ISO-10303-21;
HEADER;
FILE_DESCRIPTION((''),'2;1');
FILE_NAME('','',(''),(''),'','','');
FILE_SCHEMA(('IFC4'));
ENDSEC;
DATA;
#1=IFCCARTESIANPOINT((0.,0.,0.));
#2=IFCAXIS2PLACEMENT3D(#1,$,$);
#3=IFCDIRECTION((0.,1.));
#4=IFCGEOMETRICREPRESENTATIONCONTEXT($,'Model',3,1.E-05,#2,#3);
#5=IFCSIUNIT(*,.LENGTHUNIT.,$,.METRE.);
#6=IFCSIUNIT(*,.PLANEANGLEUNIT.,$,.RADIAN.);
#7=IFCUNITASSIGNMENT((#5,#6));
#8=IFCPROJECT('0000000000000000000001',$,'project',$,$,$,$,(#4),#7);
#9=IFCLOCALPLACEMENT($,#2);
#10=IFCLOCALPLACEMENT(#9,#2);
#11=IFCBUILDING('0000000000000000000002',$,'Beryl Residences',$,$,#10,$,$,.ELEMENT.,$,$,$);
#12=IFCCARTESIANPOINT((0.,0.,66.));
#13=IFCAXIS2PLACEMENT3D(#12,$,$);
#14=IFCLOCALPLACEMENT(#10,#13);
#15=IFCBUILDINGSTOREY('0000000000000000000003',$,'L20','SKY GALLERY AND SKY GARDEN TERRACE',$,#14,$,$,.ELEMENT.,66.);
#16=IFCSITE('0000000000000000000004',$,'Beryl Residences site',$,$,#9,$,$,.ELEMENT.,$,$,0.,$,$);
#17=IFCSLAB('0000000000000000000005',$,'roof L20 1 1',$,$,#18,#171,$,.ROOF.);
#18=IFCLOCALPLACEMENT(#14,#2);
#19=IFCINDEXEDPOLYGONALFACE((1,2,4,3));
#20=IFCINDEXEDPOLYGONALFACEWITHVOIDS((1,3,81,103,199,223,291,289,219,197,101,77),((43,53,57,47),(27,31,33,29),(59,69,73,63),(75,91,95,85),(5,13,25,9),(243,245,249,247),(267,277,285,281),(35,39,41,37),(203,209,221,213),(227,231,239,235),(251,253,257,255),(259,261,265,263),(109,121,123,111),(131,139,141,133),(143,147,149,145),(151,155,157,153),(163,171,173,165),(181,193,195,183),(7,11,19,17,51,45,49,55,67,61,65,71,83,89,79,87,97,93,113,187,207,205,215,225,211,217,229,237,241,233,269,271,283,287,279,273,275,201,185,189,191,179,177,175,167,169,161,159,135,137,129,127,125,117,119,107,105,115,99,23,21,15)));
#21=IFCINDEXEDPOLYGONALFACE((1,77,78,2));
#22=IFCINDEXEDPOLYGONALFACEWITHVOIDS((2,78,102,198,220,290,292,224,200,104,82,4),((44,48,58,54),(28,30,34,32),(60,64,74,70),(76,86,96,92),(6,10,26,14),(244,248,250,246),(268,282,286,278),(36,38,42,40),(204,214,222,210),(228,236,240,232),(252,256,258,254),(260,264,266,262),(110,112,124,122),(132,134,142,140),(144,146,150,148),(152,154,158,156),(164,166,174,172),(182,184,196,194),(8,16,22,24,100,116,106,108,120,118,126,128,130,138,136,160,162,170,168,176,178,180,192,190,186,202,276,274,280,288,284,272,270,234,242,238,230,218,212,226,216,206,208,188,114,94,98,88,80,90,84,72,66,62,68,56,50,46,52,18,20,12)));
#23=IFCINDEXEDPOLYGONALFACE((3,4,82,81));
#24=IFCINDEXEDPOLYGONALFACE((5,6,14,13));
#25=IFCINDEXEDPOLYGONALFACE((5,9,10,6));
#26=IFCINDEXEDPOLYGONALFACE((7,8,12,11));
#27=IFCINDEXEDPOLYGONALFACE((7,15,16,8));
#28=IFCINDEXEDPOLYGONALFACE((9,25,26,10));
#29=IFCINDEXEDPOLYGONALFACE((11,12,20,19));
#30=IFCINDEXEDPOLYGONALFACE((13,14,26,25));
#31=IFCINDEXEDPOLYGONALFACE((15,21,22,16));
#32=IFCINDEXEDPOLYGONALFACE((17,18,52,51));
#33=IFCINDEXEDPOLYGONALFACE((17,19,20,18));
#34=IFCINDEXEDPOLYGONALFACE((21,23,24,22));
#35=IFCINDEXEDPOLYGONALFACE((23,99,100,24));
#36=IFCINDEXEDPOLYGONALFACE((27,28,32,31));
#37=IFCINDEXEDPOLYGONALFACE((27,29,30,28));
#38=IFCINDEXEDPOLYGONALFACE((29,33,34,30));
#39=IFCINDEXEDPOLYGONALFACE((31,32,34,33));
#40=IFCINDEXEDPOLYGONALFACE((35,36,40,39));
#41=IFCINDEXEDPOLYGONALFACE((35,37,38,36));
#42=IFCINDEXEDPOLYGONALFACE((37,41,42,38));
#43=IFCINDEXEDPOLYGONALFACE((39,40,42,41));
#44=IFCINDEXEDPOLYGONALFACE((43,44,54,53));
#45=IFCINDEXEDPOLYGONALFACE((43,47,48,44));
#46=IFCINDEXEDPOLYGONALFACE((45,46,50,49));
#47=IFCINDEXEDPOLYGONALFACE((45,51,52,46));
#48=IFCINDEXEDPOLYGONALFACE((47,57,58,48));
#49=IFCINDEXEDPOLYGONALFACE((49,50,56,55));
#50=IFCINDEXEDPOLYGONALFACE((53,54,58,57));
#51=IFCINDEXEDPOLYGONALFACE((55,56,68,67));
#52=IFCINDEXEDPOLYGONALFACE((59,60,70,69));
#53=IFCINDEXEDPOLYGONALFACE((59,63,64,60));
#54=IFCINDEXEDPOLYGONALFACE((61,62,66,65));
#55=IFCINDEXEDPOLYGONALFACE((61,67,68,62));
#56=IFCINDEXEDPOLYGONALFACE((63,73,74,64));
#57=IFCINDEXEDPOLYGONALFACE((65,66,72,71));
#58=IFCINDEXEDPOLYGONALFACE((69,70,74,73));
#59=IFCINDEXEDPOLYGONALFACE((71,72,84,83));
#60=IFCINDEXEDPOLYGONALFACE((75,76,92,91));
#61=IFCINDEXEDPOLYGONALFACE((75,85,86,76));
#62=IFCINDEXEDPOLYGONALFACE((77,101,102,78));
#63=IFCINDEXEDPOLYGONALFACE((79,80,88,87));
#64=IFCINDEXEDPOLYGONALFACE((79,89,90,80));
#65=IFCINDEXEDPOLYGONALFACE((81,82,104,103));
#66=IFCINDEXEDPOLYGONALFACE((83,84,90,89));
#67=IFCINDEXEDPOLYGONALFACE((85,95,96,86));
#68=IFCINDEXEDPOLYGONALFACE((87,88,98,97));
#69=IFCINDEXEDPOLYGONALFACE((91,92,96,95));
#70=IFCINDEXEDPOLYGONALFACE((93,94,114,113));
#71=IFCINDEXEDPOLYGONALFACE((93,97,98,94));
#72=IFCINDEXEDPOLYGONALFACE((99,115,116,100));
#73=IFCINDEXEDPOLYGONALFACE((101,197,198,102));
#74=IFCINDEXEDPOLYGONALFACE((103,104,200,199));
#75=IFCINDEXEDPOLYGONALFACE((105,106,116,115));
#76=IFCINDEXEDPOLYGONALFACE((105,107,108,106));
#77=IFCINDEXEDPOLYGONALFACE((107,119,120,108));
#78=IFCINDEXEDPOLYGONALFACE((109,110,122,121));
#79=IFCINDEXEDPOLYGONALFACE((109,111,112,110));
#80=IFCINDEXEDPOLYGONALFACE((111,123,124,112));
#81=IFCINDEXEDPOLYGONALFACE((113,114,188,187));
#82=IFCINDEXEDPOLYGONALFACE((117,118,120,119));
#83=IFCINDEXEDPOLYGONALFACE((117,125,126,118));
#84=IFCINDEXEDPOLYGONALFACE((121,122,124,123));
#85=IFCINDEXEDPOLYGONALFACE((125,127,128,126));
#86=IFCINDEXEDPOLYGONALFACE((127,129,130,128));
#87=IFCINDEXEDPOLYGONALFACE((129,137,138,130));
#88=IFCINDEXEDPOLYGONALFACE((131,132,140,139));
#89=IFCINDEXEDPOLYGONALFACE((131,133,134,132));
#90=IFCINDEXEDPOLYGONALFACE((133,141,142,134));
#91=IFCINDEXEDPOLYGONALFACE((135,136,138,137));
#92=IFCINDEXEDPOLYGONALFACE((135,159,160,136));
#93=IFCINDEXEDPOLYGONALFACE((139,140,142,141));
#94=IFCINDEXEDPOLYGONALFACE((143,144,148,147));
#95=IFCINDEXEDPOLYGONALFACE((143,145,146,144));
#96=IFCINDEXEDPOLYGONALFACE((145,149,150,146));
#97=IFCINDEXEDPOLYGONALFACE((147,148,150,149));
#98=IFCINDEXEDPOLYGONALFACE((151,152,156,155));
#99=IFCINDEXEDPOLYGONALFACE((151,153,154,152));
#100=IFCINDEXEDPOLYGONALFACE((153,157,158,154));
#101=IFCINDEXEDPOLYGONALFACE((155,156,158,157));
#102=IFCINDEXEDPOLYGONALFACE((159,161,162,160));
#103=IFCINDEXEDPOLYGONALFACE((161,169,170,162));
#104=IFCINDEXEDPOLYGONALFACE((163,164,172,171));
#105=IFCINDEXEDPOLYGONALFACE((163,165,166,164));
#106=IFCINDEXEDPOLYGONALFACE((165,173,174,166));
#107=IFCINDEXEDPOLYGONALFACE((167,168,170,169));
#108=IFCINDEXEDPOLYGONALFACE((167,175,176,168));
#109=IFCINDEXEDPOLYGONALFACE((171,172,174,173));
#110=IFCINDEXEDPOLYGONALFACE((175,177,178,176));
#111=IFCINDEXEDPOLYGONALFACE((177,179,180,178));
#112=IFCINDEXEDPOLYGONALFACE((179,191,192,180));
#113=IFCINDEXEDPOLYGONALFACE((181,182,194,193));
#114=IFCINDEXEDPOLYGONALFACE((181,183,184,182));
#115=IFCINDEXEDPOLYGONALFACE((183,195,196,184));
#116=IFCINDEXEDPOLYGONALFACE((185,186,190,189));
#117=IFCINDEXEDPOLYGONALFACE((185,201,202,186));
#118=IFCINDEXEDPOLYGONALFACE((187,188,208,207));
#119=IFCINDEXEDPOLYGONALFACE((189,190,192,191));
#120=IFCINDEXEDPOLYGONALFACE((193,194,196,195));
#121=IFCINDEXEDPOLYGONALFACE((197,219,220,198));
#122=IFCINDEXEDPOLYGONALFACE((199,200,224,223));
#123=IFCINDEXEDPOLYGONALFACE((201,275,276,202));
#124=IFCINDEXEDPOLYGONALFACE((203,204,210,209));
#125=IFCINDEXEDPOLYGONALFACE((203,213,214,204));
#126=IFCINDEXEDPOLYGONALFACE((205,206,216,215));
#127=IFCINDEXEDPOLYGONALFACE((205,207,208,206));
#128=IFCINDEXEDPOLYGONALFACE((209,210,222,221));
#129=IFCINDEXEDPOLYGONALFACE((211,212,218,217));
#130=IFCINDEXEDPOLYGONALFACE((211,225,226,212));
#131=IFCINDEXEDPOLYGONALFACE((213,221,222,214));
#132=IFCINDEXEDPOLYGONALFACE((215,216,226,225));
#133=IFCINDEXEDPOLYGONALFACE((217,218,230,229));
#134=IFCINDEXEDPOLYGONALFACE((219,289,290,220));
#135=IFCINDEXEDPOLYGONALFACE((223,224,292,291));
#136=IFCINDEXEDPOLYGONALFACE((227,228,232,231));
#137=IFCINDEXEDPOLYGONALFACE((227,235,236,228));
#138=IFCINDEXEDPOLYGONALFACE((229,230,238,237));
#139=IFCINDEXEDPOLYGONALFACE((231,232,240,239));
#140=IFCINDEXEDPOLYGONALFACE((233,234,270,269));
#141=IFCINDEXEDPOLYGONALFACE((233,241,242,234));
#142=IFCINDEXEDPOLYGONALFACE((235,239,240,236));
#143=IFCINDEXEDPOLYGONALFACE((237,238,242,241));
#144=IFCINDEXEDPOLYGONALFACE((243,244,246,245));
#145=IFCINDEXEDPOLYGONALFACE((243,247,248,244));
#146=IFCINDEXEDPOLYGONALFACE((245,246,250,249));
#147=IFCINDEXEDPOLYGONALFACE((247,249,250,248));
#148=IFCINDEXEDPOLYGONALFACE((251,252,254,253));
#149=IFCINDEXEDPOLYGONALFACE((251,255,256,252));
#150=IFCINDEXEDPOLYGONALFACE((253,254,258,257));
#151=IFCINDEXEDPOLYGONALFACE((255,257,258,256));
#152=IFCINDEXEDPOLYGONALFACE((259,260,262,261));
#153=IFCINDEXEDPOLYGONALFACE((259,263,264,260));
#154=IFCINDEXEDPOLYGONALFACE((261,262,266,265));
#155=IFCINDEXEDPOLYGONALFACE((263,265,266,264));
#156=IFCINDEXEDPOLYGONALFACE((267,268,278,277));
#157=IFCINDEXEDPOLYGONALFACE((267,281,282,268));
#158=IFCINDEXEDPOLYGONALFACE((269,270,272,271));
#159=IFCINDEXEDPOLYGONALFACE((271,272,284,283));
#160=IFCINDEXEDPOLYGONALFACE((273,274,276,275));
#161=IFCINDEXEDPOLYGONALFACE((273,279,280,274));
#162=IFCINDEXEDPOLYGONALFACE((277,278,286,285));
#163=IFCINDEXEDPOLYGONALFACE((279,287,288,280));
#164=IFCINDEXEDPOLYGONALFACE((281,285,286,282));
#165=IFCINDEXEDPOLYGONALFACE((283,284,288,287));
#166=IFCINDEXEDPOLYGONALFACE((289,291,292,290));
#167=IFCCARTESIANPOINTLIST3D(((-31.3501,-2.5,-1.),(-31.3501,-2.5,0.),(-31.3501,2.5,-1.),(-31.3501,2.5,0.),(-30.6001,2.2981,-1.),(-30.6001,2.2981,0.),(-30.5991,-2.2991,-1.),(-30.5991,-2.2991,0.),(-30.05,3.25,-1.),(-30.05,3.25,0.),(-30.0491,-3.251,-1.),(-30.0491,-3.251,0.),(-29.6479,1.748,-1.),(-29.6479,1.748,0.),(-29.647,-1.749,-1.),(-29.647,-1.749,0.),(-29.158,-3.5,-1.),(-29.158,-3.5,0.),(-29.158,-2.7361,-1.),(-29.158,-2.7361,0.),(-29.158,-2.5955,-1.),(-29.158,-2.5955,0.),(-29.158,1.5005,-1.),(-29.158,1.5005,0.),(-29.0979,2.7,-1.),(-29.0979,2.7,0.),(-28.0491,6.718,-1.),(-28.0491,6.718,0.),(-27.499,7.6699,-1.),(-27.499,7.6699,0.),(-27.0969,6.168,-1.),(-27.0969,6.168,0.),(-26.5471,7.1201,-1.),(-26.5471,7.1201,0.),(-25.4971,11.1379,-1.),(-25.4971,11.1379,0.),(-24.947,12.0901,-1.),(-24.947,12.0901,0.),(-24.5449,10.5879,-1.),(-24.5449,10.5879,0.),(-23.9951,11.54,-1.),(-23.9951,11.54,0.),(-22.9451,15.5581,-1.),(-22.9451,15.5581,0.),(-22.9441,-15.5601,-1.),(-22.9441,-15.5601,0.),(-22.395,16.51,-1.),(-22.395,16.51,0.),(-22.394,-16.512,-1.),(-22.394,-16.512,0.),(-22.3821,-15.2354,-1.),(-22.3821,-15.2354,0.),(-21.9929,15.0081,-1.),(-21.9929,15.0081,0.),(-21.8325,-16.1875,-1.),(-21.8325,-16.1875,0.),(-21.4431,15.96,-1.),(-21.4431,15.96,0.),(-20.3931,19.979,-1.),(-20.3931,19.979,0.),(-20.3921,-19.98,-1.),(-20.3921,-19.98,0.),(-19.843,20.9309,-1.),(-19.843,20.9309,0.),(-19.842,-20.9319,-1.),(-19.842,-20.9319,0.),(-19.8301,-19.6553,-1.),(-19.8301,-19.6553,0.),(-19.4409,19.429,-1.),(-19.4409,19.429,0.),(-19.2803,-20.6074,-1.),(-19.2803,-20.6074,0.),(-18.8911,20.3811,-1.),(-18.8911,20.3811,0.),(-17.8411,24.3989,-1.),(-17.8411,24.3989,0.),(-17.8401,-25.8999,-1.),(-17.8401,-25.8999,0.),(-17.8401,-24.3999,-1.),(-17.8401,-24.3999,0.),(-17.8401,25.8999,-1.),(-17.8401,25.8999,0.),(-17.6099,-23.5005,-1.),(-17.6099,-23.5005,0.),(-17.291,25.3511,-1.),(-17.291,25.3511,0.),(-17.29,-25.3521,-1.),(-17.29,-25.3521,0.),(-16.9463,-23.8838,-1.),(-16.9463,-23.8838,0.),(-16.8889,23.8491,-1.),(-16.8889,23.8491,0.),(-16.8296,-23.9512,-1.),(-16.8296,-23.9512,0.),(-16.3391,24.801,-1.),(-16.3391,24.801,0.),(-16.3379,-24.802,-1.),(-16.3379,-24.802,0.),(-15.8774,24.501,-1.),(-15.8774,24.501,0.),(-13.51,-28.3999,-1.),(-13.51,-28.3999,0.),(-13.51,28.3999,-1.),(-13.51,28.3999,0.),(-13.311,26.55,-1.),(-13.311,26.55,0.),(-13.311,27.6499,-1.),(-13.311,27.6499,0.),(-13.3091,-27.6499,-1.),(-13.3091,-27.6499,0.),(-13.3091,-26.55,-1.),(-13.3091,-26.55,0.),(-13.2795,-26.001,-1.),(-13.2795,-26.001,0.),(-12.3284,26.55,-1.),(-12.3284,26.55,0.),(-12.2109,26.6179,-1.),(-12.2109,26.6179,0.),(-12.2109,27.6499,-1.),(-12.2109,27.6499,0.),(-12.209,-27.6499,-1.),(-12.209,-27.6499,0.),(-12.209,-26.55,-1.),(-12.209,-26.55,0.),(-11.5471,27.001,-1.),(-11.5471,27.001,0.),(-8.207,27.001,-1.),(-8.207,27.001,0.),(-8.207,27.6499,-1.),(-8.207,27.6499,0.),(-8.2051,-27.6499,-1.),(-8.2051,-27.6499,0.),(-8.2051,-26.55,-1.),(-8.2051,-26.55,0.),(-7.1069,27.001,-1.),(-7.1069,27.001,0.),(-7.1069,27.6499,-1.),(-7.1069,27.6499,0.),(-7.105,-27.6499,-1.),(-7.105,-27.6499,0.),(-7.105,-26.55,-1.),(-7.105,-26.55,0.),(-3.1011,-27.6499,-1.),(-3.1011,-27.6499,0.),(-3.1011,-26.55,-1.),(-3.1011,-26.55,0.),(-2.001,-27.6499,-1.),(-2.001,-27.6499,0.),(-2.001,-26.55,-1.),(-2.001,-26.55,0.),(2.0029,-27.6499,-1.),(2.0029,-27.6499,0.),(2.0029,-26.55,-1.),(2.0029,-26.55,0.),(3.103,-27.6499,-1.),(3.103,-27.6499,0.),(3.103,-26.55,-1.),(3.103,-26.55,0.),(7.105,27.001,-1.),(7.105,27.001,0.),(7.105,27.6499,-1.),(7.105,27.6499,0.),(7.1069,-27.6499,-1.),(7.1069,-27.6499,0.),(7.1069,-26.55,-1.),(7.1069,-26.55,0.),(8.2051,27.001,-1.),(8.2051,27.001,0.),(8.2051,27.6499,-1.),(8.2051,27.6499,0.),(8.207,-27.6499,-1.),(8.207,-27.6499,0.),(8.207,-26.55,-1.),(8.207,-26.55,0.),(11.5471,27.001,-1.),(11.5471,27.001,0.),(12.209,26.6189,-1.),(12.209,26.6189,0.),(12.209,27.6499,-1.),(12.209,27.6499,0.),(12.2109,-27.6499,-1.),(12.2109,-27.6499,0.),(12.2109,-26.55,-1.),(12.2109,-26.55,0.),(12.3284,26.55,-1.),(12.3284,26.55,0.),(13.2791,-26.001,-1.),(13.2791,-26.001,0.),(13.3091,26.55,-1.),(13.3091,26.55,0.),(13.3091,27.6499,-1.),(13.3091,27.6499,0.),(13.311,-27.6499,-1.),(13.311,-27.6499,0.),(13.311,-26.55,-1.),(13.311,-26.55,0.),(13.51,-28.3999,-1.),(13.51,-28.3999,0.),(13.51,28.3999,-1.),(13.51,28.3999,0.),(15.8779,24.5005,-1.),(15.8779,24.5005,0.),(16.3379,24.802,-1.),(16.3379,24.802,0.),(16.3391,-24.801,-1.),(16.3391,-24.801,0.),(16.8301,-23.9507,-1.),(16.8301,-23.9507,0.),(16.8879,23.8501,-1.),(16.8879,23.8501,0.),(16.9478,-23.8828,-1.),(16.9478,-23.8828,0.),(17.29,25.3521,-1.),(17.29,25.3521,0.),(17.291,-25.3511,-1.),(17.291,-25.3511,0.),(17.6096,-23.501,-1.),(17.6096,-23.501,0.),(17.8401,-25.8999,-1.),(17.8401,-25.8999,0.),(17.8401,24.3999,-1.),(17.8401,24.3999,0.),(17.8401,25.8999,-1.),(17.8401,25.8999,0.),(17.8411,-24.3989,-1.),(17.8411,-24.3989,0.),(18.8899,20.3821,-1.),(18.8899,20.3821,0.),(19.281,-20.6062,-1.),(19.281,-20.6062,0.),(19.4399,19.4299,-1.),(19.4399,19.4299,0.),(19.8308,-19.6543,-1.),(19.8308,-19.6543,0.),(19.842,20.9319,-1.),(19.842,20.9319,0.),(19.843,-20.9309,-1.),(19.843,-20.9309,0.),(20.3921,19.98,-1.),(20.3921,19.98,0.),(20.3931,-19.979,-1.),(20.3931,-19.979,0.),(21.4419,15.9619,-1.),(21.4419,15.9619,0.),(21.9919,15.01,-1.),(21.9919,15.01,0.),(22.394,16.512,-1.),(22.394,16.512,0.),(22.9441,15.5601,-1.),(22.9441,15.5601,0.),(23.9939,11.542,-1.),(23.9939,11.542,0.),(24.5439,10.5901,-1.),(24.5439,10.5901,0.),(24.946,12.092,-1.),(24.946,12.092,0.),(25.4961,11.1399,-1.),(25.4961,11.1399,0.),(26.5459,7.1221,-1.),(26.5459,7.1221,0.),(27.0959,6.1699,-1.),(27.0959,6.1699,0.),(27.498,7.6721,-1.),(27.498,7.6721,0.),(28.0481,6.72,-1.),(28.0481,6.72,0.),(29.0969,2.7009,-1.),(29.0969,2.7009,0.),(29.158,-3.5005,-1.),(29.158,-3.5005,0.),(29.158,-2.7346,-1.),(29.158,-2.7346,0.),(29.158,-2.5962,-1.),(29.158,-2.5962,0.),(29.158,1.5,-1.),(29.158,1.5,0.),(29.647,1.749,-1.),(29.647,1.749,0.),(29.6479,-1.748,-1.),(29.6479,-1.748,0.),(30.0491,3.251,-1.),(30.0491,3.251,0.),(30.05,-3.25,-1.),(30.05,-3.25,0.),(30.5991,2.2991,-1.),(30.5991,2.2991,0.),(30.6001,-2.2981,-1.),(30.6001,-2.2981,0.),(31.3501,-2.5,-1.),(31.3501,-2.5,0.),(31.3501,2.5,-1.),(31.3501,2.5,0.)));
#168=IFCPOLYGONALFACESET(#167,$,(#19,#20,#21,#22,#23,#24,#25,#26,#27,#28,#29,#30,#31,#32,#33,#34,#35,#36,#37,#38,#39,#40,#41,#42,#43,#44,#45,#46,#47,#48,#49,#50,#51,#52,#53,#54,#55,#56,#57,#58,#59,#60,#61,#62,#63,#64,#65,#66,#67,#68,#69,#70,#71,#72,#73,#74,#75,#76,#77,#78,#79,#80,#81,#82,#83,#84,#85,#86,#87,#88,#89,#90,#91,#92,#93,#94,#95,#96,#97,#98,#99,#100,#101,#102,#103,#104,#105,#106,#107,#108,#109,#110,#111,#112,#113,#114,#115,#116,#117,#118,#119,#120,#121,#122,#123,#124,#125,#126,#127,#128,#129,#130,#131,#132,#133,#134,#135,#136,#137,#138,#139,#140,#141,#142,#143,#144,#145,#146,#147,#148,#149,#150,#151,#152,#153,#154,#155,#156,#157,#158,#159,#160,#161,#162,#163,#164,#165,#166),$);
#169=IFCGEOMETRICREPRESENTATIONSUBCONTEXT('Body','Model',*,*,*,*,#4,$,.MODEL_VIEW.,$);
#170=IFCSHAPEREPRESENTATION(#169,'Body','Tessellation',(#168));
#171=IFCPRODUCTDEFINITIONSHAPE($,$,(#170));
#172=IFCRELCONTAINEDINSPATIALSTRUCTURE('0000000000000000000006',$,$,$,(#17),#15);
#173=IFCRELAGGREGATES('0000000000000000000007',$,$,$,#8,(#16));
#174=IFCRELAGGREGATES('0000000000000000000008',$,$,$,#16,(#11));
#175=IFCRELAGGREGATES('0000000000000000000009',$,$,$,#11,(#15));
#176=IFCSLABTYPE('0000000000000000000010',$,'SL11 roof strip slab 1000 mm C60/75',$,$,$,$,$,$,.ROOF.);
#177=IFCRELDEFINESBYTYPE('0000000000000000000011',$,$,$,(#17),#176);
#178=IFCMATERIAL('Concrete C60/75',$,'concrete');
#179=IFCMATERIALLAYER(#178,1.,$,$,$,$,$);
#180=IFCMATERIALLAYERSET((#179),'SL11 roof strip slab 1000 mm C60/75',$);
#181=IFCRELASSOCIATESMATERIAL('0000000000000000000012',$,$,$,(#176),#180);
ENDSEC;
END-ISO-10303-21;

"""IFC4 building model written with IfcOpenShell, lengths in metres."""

from ifc_helpers import new_model, si_unit, direction, frame, origin, place, context, subcontext, project, spatial, polyline, outline, extrude, material, layer, layer_set, type_object, element, save


model = new_model("IFC4")

# Units and contexts
model_context = context("Model", 3, precision=1e-05, world=origin(), true_north=direction((0.0, 1.0)))
body_context = subcontext(model_context, "Body", "Model", "MODEL_VIEW")
ifc_project = project(units=[si_unit("LENGTHUNIT", "METRE"), si_unit("PLANEANGLEUNIT", "RADIAN")], contexts=[model_context])

# Site, building, storey
site_placement = place(None, origin())
site = spatial("IfcSite", under=ifc_project, at=site_placement, Name="Beryl Residences site", CompositionType="ELEMENT", RefElevation=0.0)
building_placement = place(site_placement, origin())
building = spatial("IfcBuilding", under=site, at=building_placement, Name="Beryl Residences", CompositionType="ELEMENT")
storey_placement = place(building_placement, frame((0.0, 0.0, 66.0)))
storey = spatial("IfcBuildingStorey", under=building, at=storey_placement, Name="L20", Description="SKY GALLERY AND SKY GARDEN TERRACE", CompositionType="ELEMENT", Elevation=66.0)

# Slab
ifc_material_1 = material(Name="Concrete C60/75", Category="concrete")
ifc_layer_1 = layer(ifc_material_1, 1.0)
ifc_layer_set_1 = layer_set([ifc_layer_1], Name="SL11 roof strip slab 1000 mm C60/75")
slab_type_1 = type_object("IfcSlabType", Name="SL11 roof strip slab 1000 mm C60/75", PredefinedType="ROOF", material=ifc_layer_set_1)
slab_1_placement = place(storey_placement, frame((0.0, 0.0, -1.0)))
element("IfcSlab", 1, at=slab_1_placement, inside=storey, type_object=slab_type_1, Name="roof L20 1 1", PredefinedType="ROOF", context=body_context, shape_type="SweptSolid", body=[
    extrude(outline(polyline([(31.3501, -2.5), (17.8401, -25.8999), (13.51, -28.3999), (-13.51, -28.3999), (-17.8401, -25.8999), (-31.3501, -2.5), (-31.3501, 2.5), (-17.8401, 25.8999), (-13.51, 28.3999), (13.51, 28.3999), (17.8401, 25.8999), (31.3501, 2.5), (31.3501, -2.5)]), holes=[polyline([(11.5471, 27.001), (8.2051, 27.001), (8.2051, 27.6499), (7.105, 27.6499), (7.105, 27.001), (-7.1069, 27.001), (-7.1069, 27.6499), (-8.207, 27.6499), (-8.207, 27.001), (-11.5471, 27.001), (-12.2109, 26.6179), (-12.2109, 27.6499), (-13.311, 27.6499), (-13.311, 26.55), (-12.3284, 26.55), (-15.8774, 24.501), (-29.158, 1.5005), (-29.158, -2.5955), (-29.647, -1.749), (-30.5991, -2.2991), (-30.0491, -3.251), (-29.158, -2.7361), (-29.158, -3.5), (-22.3821, -15.2354), (-22.9441, -15.5601), (-22.394, -16.512), (-21.8325, -16.1875), (-19.8301, -19.6553), (-20.3921, -19.98), (-19.842, -20.9319), (-19.2803, -20.6074), (-17.6099, -23.5005), (-16.9463, -23.8838), (-17.8401, -24.3999), (-17.29, -25.3521), (-16.3379, -24.802), (-16.8296, -23.9512), (-13.2795, -26.001), (13.2791, -26.001), (16.8301, -23.9507), (16.3391, -24.801), (17.291, -25.3511), (17.8411, -24.3989), (16.9478, -23.8828), (17.6096, -23.501), (19.281, -20.6062), (19.843, -20.9309), (20.3931, -19.979), (19.8308, -19.6543), (29.158, -3.5005), (29.158, -2.7346), (30.05, -3.25), (30.6001, -2.2981), (29.6479, -1.748), (29.158, -2.5962), (29.158, 1.5), (15.8779, 24.5005), (12.3284, 26.55), (13.3091, 26.55), (13.3091, 27.6499), (12.209, 27.6499), (12.209, 26.6189), (11.5471, 27.001)]), polyline([(30.5991, 2.2991), (30.0491, 3.251), (29.0969, 2.7009), (29.647, 1.749), (30.5991, 2.2991)]), polyline([(28.0481, 6.72), (27.498, 7.6721), (26.5459, 7.1221), (27.0959, 6.1699), (28.0481, 6.72)]), polyline([(24.946, 12.092), (23.9939, 11.542), (24.5439, 10.5901), (25.4961, 11.1399), (24.946, 12.092)]), polyline([(22.9441, 15.5601), (22.394, 16.512), (21.4419, 15.9619), (21.9919, 15.01), (22.9441, 15.5601)]), polyline([(19.842, 20.9319), (18.8899, 20.3821), (19.4399, 19.4299), (20.3921, 19.98), (19.842, 20.9319)]), polyline([(17.8401, 24.3999), (17.29, 25.3521), (16.3379, 24.802), (16.8879, 23.8501), (17.8401, 24.3999)]), polyline([(13.311, -27.6499), (13.311, -26.55), (12.2109, -26.55), (12.2109, -27.6499), (13.311, -27.6499)]), polyline([(8.207, -27.6499), (8.207, -26.55), (7.1069, -26.55), (7.1069, -27.6499), (8.207, -27.6499)]), polyline([(2.0029, -27.6499), (3.103, -27.6499), (3.103, -26.55), (2.0029, -26.55), (2.0029, -27.6499)]), polyline([(-3.1011, -27.6499), (-2.001, -27.6499), (-2.001, -26.55), (-3.1011, -26.55), (-3.1011, -27.6499)]), polyline([(-7.105, -27.6499), (-7.105, -26.55), (-8.2051, -26.55), (-8.2051, -27.6499), (-7.105, -27.6499)]), polyline([(-13.3091, -27.6499), (-12.209, -27.6499), (-12.209, -26.55), (-13.3091, -26.55), (-13.3091, -27.6499)]), polyline([(-17.8411, 24.3989), (-16.8889, 23.8491), (-16.3391, 24.801), (-17.291, 25.3511), (-17.8411, 24.3989)]), polyline([(-19.843, 20.9309), (-20.3931, 19.979), (-19.4409, 19.429), (-18.8911, 20.3811), (-19.843, 20.9309)]), polyline([(-22.395, 16.51), (-22.9451, 15.5581), (-21.9929, 15.0081), (-21.4431, 15.96), (-22.395, 16.51)]), polyline([(-25.4971, 11.1379), (-24.5449, 10.5879), (-23.9951, 11.54), (-24.947, 12.0901), (-25.4971, 11.1379)]), polyline([(-27.499, 7.6699), (-28.0491, 6.718), (-27.0969, 6.168), (-26.5471, 7.1201), (-27.499, 7.6699)]), polyline([(-30.05, 3.25), (-30.6001, 2.2981), (-29.6479, 1.748), (-29.0979, 2.7), (-30.05, 3.25)])]), origin(), (0.0, 0.0, 1.0), 1.0),
])

save(model, "model.ifc")
